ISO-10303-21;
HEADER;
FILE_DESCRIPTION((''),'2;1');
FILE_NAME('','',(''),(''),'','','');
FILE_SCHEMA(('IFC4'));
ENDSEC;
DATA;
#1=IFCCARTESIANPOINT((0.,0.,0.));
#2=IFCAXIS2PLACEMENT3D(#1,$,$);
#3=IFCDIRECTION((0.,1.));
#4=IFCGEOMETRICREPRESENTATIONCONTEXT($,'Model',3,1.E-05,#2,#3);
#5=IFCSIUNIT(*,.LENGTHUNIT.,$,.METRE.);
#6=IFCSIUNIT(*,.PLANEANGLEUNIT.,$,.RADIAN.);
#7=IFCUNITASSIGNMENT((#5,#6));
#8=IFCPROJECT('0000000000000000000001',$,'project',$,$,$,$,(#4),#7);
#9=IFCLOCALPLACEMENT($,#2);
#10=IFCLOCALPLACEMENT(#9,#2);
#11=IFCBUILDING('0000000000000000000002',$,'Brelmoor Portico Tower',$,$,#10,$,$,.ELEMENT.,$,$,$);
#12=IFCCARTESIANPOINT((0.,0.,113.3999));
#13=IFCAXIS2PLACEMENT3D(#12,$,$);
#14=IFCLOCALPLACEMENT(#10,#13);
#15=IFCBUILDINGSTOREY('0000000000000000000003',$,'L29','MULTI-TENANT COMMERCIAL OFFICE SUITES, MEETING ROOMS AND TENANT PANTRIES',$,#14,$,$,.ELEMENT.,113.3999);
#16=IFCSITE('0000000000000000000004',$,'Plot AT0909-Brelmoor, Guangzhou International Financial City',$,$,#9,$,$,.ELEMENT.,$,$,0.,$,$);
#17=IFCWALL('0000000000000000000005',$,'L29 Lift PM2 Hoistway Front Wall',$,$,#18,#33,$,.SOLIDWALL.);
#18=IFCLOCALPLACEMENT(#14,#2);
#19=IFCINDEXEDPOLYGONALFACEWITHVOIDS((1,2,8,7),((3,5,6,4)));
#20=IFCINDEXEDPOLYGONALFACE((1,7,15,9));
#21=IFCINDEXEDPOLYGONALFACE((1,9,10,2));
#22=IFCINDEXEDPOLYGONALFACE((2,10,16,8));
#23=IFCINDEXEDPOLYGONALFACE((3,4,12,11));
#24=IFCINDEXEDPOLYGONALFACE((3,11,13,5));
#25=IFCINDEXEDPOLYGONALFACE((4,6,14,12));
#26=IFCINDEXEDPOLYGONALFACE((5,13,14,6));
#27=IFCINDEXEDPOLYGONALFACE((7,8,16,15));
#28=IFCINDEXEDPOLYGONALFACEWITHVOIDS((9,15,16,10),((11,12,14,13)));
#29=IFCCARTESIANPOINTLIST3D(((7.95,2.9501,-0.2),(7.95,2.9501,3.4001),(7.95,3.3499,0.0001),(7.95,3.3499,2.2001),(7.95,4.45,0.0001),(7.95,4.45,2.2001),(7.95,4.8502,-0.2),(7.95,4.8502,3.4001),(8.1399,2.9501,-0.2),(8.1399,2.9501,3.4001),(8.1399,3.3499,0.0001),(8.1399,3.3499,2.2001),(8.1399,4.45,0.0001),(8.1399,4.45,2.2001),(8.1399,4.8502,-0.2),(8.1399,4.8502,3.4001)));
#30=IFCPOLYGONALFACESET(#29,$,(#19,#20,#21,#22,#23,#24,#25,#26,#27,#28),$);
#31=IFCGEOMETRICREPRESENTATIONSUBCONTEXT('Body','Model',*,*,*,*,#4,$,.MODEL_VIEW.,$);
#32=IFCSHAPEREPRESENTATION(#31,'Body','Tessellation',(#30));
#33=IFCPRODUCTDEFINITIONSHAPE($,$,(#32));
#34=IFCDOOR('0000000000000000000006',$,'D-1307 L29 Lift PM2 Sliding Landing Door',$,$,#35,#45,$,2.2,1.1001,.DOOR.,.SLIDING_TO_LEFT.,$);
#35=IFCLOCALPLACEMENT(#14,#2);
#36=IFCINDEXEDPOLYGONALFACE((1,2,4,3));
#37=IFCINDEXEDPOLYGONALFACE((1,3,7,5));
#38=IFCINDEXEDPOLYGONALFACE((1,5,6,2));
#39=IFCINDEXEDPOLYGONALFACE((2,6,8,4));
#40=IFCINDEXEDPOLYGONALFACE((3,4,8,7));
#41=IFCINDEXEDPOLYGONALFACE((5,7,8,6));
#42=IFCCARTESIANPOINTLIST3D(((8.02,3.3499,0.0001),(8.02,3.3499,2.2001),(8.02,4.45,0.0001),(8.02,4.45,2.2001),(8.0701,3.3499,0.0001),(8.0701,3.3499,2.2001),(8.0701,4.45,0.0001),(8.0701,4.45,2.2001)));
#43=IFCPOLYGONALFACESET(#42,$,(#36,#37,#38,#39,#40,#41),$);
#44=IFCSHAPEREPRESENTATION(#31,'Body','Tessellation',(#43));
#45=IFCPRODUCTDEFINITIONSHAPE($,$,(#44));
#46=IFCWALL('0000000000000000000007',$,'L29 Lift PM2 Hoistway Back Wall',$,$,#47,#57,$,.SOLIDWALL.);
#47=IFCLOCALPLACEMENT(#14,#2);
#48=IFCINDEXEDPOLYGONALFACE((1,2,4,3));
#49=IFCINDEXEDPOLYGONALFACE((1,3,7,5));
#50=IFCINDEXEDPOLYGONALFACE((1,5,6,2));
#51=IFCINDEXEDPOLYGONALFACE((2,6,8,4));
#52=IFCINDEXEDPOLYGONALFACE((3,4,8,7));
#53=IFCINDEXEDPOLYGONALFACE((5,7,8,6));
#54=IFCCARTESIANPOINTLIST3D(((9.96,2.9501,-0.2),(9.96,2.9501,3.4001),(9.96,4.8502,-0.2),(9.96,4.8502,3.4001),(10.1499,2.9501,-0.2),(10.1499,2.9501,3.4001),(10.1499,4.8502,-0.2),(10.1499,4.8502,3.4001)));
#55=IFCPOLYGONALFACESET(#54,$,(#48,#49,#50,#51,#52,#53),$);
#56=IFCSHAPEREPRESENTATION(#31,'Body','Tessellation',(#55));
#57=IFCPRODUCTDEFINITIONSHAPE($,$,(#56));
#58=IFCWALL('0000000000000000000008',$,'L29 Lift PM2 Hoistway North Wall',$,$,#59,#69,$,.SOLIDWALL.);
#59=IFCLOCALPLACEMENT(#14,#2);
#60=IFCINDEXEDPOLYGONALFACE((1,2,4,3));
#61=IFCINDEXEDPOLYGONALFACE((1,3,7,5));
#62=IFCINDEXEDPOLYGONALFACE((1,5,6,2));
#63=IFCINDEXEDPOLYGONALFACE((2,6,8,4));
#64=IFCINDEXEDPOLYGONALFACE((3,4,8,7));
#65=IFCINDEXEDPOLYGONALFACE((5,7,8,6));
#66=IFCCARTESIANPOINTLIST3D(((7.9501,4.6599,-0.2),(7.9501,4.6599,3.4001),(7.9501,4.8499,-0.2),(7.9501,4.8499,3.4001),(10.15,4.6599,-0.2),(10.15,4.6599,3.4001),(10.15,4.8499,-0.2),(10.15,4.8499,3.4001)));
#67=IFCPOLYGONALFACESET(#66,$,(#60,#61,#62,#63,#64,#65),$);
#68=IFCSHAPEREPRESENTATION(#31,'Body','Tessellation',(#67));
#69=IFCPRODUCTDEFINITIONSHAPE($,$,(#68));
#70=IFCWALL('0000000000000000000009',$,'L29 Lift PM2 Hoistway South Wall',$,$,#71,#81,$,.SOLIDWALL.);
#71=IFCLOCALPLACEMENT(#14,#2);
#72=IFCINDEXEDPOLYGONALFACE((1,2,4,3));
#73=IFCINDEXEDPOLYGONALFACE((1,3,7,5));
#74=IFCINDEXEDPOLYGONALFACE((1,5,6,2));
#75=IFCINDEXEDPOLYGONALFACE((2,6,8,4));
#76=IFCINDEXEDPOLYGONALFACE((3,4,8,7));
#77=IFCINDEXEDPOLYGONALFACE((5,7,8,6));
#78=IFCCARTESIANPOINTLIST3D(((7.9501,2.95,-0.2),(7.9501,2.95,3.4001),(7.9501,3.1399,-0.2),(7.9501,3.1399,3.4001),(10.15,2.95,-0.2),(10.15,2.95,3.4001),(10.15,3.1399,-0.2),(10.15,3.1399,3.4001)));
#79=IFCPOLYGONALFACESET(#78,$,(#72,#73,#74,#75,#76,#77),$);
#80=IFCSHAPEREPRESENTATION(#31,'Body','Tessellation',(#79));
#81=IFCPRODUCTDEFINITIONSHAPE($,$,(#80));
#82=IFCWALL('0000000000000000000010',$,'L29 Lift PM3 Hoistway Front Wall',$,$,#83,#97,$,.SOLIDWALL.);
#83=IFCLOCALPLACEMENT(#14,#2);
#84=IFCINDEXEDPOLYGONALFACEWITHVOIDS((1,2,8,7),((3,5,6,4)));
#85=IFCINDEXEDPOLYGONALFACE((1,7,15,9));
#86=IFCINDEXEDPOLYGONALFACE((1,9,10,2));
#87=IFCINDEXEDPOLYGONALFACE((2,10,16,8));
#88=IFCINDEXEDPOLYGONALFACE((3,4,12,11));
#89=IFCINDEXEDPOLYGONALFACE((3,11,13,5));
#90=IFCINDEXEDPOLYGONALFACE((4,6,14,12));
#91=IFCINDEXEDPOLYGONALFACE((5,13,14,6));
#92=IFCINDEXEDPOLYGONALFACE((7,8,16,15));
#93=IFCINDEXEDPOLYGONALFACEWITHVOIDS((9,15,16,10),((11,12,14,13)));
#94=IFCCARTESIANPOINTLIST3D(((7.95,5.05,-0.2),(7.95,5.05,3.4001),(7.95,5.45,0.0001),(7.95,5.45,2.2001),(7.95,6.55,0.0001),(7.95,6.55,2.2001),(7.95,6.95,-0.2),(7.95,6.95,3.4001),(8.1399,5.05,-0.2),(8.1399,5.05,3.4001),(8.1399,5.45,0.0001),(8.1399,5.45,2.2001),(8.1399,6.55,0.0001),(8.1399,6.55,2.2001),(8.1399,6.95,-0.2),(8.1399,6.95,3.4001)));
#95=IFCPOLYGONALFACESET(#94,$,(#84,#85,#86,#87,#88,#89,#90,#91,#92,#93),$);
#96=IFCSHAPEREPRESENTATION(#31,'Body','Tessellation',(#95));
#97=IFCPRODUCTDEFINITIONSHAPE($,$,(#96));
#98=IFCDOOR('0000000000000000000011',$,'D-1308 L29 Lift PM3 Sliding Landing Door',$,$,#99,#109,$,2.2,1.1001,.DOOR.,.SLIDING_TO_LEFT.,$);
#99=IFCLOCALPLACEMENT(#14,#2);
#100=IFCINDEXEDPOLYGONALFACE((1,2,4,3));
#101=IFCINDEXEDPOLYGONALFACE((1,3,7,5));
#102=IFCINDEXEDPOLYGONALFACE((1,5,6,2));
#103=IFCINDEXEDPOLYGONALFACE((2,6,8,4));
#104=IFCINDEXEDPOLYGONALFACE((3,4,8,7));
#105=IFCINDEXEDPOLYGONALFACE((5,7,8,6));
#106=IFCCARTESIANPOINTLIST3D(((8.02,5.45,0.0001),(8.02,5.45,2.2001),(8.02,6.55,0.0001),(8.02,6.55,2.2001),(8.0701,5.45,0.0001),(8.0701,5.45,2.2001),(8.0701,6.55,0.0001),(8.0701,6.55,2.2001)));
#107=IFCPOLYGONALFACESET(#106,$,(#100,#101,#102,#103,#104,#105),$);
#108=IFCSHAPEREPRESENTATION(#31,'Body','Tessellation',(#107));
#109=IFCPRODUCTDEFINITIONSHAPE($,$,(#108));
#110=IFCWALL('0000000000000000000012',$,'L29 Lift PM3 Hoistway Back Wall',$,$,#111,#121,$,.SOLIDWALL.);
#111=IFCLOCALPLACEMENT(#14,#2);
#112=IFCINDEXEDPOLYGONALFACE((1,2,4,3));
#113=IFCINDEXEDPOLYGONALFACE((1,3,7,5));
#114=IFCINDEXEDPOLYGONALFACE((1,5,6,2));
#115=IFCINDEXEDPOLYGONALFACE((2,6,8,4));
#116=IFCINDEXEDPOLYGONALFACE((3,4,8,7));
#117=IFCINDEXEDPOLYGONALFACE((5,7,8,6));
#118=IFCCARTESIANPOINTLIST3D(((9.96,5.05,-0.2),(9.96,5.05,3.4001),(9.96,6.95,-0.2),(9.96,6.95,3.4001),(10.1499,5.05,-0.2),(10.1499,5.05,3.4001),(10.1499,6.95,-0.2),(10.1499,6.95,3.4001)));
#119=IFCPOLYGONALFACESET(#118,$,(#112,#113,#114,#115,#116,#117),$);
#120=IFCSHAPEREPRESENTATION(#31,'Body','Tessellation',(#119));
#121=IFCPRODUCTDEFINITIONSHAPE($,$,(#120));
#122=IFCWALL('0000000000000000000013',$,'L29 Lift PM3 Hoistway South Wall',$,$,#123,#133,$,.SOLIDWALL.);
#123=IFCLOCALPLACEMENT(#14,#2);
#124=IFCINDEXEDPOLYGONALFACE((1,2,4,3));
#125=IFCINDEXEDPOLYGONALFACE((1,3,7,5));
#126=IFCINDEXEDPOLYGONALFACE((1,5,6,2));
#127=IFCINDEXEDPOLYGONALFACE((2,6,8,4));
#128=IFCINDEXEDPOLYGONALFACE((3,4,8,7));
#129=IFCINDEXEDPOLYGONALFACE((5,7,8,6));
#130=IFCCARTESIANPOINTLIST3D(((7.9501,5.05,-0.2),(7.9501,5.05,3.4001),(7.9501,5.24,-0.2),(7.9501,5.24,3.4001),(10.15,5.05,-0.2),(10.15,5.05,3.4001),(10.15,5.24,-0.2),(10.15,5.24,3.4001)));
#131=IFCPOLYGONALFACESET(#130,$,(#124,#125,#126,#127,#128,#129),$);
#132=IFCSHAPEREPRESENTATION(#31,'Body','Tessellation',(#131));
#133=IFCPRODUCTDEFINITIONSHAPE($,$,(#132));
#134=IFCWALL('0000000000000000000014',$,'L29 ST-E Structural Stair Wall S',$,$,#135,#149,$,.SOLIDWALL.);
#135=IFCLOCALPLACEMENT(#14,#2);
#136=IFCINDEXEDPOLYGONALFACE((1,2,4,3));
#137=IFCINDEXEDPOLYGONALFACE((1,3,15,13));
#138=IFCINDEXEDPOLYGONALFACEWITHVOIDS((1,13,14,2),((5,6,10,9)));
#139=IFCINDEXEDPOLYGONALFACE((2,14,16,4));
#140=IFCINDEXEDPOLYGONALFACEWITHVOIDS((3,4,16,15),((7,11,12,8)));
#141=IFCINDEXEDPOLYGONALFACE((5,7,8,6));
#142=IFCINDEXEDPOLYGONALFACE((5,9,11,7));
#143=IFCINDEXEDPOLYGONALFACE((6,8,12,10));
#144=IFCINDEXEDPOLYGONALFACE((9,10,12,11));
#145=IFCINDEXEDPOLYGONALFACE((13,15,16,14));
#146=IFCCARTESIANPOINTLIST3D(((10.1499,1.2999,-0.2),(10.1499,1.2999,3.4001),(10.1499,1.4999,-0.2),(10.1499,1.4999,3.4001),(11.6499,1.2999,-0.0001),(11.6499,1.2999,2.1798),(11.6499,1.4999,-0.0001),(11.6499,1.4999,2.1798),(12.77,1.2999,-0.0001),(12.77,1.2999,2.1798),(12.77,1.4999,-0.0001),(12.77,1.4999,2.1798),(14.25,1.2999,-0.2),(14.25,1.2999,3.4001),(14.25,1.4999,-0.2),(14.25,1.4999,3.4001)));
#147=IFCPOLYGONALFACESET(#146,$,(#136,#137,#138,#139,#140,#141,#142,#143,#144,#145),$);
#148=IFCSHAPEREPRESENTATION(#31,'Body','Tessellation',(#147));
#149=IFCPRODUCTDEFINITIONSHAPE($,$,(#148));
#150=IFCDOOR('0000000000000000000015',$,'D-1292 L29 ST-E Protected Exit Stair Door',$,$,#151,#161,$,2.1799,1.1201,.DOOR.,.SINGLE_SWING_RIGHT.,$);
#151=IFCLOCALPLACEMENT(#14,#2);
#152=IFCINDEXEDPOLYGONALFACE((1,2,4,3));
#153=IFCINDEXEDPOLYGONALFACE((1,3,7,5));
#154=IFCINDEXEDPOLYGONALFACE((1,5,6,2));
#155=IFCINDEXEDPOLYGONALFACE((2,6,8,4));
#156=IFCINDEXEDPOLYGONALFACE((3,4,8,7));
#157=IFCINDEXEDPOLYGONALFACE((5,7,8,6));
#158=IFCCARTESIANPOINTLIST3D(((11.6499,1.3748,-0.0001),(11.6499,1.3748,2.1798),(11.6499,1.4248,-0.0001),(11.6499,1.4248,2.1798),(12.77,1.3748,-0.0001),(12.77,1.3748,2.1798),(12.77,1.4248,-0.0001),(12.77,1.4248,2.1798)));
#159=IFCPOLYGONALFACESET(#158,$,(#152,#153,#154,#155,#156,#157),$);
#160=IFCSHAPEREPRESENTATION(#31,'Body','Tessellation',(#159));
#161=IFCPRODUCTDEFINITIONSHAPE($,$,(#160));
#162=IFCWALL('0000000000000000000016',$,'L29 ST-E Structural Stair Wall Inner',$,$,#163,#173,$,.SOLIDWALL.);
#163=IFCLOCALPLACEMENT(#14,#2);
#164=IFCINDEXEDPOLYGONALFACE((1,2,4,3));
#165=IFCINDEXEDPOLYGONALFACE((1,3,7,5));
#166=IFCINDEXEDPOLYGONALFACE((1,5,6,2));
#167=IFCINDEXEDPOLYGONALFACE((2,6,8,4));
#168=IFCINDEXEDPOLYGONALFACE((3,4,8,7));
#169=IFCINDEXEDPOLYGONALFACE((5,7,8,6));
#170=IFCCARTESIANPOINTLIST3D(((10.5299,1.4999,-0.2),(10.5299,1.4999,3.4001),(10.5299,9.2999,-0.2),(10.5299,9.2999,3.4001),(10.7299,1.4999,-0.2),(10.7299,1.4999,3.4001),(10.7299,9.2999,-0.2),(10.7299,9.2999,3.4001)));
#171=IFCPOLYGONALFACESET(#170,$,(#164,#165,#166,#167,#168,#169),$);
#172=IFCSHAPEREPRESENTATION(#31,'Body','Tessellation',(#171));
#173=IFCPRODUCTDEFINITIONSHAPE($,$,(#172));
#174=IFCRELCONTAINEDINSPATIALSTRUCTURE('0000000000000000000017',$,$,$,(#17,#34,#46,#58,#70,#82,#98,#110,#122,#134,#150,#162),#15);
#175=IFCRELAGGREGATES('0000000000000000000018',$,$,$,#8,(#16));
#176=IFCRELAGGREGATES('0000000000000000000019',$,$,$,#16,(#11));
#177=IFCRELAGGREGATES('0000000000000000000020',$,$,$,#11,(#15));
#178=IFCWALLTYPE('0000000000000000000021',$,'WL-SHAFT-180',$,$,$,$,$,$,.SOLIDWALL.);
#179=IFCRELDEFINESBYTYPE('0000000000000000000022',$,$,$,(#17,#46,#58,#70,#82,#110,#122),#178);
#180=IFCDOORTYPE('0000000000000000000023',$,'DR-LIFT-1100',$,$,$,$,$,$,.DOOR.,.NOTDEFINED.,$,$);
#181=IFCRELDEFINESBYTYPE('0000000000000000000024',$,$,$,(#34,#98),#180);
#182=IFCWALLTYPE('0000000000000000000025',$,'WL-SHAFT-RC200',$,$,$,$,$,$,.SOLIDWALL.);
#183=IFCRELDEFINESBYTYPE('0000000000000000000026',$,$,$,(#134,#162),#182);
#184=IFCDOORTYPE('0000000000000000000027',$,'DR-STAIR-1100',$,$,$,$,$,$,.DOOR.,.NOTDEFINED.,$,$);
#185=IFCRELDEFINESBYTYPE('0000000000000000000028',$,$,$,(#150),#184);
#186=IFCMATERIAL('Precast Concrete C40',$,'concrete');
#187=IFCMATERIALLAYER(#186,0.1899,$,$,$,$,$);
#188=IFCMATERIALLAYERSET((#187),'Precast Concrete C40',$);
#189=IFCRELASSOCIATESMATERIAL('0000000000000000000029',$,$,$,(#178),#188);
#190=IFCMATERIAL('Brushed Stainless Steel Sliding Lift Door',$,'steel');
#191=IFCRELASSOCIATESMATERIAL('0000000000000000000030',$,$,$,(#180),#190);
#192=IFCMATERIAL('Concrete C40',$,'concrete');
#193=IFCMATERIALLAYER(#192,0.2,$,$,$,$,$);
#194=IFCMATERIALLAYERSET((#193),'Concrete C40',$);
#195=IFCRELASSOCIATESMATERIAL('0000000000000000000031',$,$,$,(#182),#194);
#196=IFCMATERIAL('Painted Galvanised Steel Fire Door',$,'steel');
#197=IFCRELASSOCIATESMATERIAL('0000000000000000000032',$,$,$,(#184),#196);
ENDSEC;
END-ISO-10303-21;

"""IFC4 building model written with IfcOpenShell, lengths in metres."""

from ifc_helpers import new_model, si_unit, direction, frame, frame_2d, origin, place, context, subcontext, project, spatial, rectangle, extrude, material, layer, layer_set, type_object, element, fill, save


model = new_model("IFC4")

# Units and contexts
model_context = context("Model", 3, precision=1e-05, world=origin(), true_north=direction((0.0, 1.0)))
body_context = subcontext(model_context, "Body", "Model", "MODEL_VIEW")
ifc_project = project(units=[si_unit("LENGTHUNIT", "METRE"), si_unit("PLANEANGLEUNIT", "RADIAN")], contexts=[model_context])

# Site, building, storey
site_placement = place(None, origin())
site = spatial("IfcSite", under=ifc_project, at=site_placement, Name="Plot AT0909-Brelmoor, Guangzhou International Financial City", CompositionType="ELEMENT", RefElevation=0.0)
building_placement = place(site_placement, origin())
building = spatial("IfcBuilding", under=site, at=building_placement, Name="Brelmoor Portico Tower", CompositionType="ELEMENT")
storey_placement = place(building_placement, frame((0.0, 0.0, 113.3999)))
storey = spatial("IfcBuildingStorey", under=building, at=storey_placement, Name="L29", Description="MULTI-TENANT COMMERCIAL OFFICE SUITES, MEETING ROOMS AND TENANT PANTRIES", CompositionType="ELEMENT", Elevation=113.3999)

# Shared definitions
ifc_material_1 = material(Name="Concrete C40", Category="concrete")

# Shared definitions
ifc_material_2 = material(Name="Precast Concrete C40", Category="concrete")
ifc_layer_1 = layer(ifc_material_2, 0.1899)
ifc_layer_set_1 = layer_set([ifc_layer_1], Name="Precast Concrete C40")
wall_type_1 = type_object("IfcWallType", Name="WL-SHAFT-180", PredefinedType="SOLIDWALL", material=ifc_layer_set_1)
ifc_material_3 = material(Name="Brushed Stainless Steel Sliding Lift Door", Category="steel")
door_type_1 = type_object("IfcDoorType", Name="DR-LIFT-1100", OperationType="NOTDEFINED", PredefinedType="DOOR", material=ifc_material_3)

# Wall, opening, door
wall_1_placement = place(storey_placement, frame((8.0449, 2.95, -0.2), z_axis=(0.0, 0.0, 1.0), x_axis=(0.0, 1.0, 0.0)))
wall_1 = element("IfcWall", 1, at=wall_1_placement, inside=storey, type_object=wall_type_1, Name="L29 Lift PM2 Hoistway Front Wall", PredefinedType="SOLIDWALL", context=body_context, shape_type="SweptSolid", body=[
    extrude(rectangle(XDim=1.9001, YDim=0.1899, at=frame_2d((0.9502, 0.0))), origin(), (0.0, 0.0, 1.0), 3.6001),
])
opening_1_placement = place(wall_1_placement, frame((0.3999, 0.0, 0.2)))
opening_1 = element("IfcOpeningElement", 2, at=opening_1_placement, cuts=wall_1, PredefinedType="OPENING", context=body_context, shape_type="SweptSolid", body=[
    extrude(rectangle(XDim=1.1001, YDim=2.2, at=frame_2d((0.55, 1.1001))), frame((0.0, 0.105, 0.0), z_axis=(0.0, -1.0, 0.0), x_axis=(1.0, 0.0, 0.0)), (0.0, 0.0, 1.0), 0.21),
])
door_1_placement = place(opening_1_placement, origin())
door_1 = element("IfcDoor", 3, at=door_1_placement, inside=storey, type_object=door_type_1, Name="D-1307 L29 Lift PM2 Sliding Landing Door", OperationType="SLIDING_TO_LEFT", OverallHeight=2.2, OverallWidth=1.1001, PredefinedType="DOOR", context=body_context, shape_type="SweptSolid", body=[
    extrude(rectangle(XDim=1.1001, YDim=2.2, at=frame_2d((0.55, 1.1001))), frame((0.0, 0.0249, 0.0), z_axis=(0.0, -1.0, 0.0), x_axis=(1.0, 0.0, 0.0)), (0.0, 0.0, 1.0), 0.05),
])
fill(opening_1, door_1)

# Walls
wall_2_placement = place(storey_placement, frame((10.0549, 2.95, -0.2), z_axis=(0.0, 0.0, 1.0), x_axis=(0.0, 1.0, 0.0)))
element("IfcWall", 4, at=wall_2_placement, inside=storey, type_object=wall_type_1, Name="L29 Lift PM2 Hoistway Back Wall", PredefinedType="SOLIDWALL", context=body_context, shape_type="SweptSolid", body=[
    extrude(rectangle(XDim=1.9001, YDim=0.1899, at=frame_2d((0.9502, 0.0))), origin(), (0.0, 0.0, 1.0), 3.6001),
])
for number, where, z_axis, x_axis, name in (
    (5, (7.95, 4.7549, -0.2), (0.0, 0.0, 1.0), (1.0, 0.0, 0.0), "L29 Lift PM2 Hoistway North Wall"),
    (6, (7.95, 3.0449, -0.2), (0.0, 0.0, 1.0), (1.0, 0.0, 0.0), "L29 Lift PM2 Hoistway South Wall"),
):
    element("IfcWall", number, at=place(storey_placement, frame(where, z_axis=z_axis, x_axis=x_axis)), inside=storey, type_object=wall_type_1, Name=name, PredefinedType="SOLIDWALL", context=body_context, shape_type="SweptSolid", body=[
        extrude(rectangle(XDim=2.2, YDim=0.1899, at=frame_2d((1.1001, 0.0))), origin(), (0.0, 0.0, 1.0), 3.6001),
    ])

# Wall, opening, door
wall_3_placement = place(storey_placement, frame((8.0449, 5.05, -0.2), z_axis=(0.0, 0.0, 1.0), x_axis=(0.0, 1.0, 0.0)))
wall_3 = element("IfcWall", 7, at=wall_3_placement, inside=storey, type_object=wall_type_1, Name="L29 Lift PM3 Hoistway Front Wall", PredefinedType="SOLIDWALL", context=body_context, shape_type="SweptSolid", body=[
    extrude(rectangle(XDim=1.8999, YDim=0.1899, at=frame_2d((0.95, 0.0))), origin(), (0.0, 0.0, 1.0), 3.6001),
])
opening_2_placement = place(wall_3_placement, frame((0.3999, 0.0, 0.2)))
opening_2 = element("IfcOpeningElement", 8, at=opening_2_placement, cuts=wall_3, PredefinedType="OPENING", context=body_context, shape_type="SweptSolid", body=[
    extrude(rectangle(XDim=1.1001, YDim=2.2, at=frame_2d((0.55, 1.1001))), frame((0.0, 0.105, 0.0), z_axis=(0.0, -1.0, 0.0), x_axis=(1.0, 0.0, 0.0)), (0.0, 0.0, 1.0), 0.21),
])
door_2_placement = place(opening_2_placement, origin())
door_2 = element("IfcDoor", 9, at=door_2_placement, inside=storey, type_object=door_type_1, Name="D-1308 L29 Lift PM3 Sliding Landing Door", OperationType="SLIDING_TO_LEFT", OverallHeight=2.2, OverallWidth=1.1001, PredefinedType="DOOR", context=body_context, shape_type="SweptSolid", body=[
    extrude(rectangle(XDim=1.1001, YDim=2.2, at=frame_2d((0.55, 1.1001))), frame((0.0, 0.0249, 0.0), z_axis=(0.0, -1.0, 0.0), x_axis=(1.0, 0.0, 0.0)), (0.0, 0.0, 1.0), 0.05),
])
fill(opening_2, door_2)

# Walls
wall_4_placement = place(storey_placement, frame((10.0549, 5.05, -0.2), z_axis=(0.0, 0.0, 1.0), x_axis=(0.0, 1.0, 0.0)))
element("IfcWall", 10, at=wall_4_placement, inside=storey, type_object=wall_type_1, Name="L29 Lift PM3 Hoistway Back Wall", PredefinedType="SOLIDWALL", context=body_context, shape_type="SweptSolid", body=[
    extrude(rectangle(XDim=1.8999, YDim=0.1899, at=frame_2d((0.95, 0.0))), origin(), (0.0, 0.0, 1.0), 3.6001),
])
wall_5_placement = place(storey_placement, frame((7.95, 5.145, -0.2), z_axis=(0.0, 0.0, 1.0), x_axis=(1.0, 0.0, 0.0)))
element("IfcWall", 11, at=wall_5_placement, inside=storey, type_object=wall_type_1, Name="L29 Lift PM3 Hoistway South Wall", PredefinedType="SOLIDWALL", context=body_context, shape_type="SweptSolid", body=[
    extrude(rectangle(XDim=2.2, YDim=0.1899, at=frame_2d((1.1001, 0.0))), origin(), (0.0, 0.0, 1.0), 3.6001),
])

# Wall, opening, door
ifc_layer_2 = layer(ifc_material_1, 0.2)
ifc_layer_set_2 = layer_set([ifc_layer_2], Name="Concrete C40")
wall_type_2 = type_object("IfcWallType", Name="WL-SHAFT-RC200", PredefinedType="SOLIDWALL", material=ifc_layer_set_2)
wall_6_placement = place(storey_placement, frame((10.1499, 1.3999, -0.2), z_axis=(0.0, 0.0, 1.0), x_axis=(1.0, 0.0, 0.0)))
wall_6 = element("IfcWall", 12, at=wall_6_placement, inside=storey, type_object=wall_type_2, Name="L29 ST-E Structural Stair Wall S", PredefinedType="SOLIDWALL", context=body_context, shape_type="SweptSolid", body=[
    extrude(rectangle(XDim=4.1001, YDim=0.2, at=frame_2d((2.05, 0.0))), origin(), (0.0, 0.0, 1.0), 3.6001),
])
opening_3_placement = place(wall_6_placement, frame((1.5, 0.0, 0.2)))
opening_3 = element("IfcOpeningElement", 13, at=opening_3_placement, cuts=wall_6, PredefinedType="OPENING", context=body_context, shape_type="SweptSolid", body=[
    extrude(rectangle(XDim=1.1201, YDim=2.1799, at=frame_2d((0.5601, 1.0898))), frame((0.0, 0.1099, 0.0), z_axis=(0.0, -1.0, 0.0), x_axis=(1.0, 0.0, 0.0)), (0.0, 0.0, 1.0), 0.22),
])
ifc_material_4 = material(Name="Painted Galvanised Steel Fire Door", Category="steel")
door_type_2 = type_object("IfcDoorType", Name="DR-STAIR-1100", OperationType="NOTDEFINED", PredefinedType="DOOR", material=ifc_material_4)
door_3_placement = place(opening_3_placement, origin())
door_3 = element("IfcDoor", 14, at=door_3_placement, inside=storey, type_object=door_type_2, Name="D-1292 L29 ST-E Protected Exit Stair Door", OperationType="SINGLE_SWING_RIGHT", OverallHeight=2.1799, OverallWidth=1.1201, PredefinedType="DOOR", context=body_context, shape_type="SweptSolid", body=[
    extrude(rectangle(XDim=1.1201, YDim=2.1799, at=frame_2d((0.5601, 1.0898))), frame((0.0, 0.0249, 0.0), z_axis=(0.0, -1.0, 0.0), x_axis=(1.0, 0.0, 0.0)), (0.0, 0.0, 1.0), 0.05),
])
fill(opening_3, door_3)

# Wall
wall_7_placement = place(storey_placement, frame((10.6299, 1.5, -0.2), z_axis=(0.0, 0.0, 1.0), x_axis=(0.0, 1.0, 0.0)))
element("IfcWall", 15, at=wall_7_placement, inside=storey, type_object=wall_type_2, Name="L29 ST-E Structural Stair Wall Inner", PredefinedType="SOLIDWALL", context=body_context, shape_type="SweptSolid", body=[
    extrude(rectangle(XDim=7.8, YDim=0.2, at=frame_2d((3.8999, 0.0))), origin(), (0.0, 0.0, 1.0), 3.6001),
])

save(model, "model.ifc")
